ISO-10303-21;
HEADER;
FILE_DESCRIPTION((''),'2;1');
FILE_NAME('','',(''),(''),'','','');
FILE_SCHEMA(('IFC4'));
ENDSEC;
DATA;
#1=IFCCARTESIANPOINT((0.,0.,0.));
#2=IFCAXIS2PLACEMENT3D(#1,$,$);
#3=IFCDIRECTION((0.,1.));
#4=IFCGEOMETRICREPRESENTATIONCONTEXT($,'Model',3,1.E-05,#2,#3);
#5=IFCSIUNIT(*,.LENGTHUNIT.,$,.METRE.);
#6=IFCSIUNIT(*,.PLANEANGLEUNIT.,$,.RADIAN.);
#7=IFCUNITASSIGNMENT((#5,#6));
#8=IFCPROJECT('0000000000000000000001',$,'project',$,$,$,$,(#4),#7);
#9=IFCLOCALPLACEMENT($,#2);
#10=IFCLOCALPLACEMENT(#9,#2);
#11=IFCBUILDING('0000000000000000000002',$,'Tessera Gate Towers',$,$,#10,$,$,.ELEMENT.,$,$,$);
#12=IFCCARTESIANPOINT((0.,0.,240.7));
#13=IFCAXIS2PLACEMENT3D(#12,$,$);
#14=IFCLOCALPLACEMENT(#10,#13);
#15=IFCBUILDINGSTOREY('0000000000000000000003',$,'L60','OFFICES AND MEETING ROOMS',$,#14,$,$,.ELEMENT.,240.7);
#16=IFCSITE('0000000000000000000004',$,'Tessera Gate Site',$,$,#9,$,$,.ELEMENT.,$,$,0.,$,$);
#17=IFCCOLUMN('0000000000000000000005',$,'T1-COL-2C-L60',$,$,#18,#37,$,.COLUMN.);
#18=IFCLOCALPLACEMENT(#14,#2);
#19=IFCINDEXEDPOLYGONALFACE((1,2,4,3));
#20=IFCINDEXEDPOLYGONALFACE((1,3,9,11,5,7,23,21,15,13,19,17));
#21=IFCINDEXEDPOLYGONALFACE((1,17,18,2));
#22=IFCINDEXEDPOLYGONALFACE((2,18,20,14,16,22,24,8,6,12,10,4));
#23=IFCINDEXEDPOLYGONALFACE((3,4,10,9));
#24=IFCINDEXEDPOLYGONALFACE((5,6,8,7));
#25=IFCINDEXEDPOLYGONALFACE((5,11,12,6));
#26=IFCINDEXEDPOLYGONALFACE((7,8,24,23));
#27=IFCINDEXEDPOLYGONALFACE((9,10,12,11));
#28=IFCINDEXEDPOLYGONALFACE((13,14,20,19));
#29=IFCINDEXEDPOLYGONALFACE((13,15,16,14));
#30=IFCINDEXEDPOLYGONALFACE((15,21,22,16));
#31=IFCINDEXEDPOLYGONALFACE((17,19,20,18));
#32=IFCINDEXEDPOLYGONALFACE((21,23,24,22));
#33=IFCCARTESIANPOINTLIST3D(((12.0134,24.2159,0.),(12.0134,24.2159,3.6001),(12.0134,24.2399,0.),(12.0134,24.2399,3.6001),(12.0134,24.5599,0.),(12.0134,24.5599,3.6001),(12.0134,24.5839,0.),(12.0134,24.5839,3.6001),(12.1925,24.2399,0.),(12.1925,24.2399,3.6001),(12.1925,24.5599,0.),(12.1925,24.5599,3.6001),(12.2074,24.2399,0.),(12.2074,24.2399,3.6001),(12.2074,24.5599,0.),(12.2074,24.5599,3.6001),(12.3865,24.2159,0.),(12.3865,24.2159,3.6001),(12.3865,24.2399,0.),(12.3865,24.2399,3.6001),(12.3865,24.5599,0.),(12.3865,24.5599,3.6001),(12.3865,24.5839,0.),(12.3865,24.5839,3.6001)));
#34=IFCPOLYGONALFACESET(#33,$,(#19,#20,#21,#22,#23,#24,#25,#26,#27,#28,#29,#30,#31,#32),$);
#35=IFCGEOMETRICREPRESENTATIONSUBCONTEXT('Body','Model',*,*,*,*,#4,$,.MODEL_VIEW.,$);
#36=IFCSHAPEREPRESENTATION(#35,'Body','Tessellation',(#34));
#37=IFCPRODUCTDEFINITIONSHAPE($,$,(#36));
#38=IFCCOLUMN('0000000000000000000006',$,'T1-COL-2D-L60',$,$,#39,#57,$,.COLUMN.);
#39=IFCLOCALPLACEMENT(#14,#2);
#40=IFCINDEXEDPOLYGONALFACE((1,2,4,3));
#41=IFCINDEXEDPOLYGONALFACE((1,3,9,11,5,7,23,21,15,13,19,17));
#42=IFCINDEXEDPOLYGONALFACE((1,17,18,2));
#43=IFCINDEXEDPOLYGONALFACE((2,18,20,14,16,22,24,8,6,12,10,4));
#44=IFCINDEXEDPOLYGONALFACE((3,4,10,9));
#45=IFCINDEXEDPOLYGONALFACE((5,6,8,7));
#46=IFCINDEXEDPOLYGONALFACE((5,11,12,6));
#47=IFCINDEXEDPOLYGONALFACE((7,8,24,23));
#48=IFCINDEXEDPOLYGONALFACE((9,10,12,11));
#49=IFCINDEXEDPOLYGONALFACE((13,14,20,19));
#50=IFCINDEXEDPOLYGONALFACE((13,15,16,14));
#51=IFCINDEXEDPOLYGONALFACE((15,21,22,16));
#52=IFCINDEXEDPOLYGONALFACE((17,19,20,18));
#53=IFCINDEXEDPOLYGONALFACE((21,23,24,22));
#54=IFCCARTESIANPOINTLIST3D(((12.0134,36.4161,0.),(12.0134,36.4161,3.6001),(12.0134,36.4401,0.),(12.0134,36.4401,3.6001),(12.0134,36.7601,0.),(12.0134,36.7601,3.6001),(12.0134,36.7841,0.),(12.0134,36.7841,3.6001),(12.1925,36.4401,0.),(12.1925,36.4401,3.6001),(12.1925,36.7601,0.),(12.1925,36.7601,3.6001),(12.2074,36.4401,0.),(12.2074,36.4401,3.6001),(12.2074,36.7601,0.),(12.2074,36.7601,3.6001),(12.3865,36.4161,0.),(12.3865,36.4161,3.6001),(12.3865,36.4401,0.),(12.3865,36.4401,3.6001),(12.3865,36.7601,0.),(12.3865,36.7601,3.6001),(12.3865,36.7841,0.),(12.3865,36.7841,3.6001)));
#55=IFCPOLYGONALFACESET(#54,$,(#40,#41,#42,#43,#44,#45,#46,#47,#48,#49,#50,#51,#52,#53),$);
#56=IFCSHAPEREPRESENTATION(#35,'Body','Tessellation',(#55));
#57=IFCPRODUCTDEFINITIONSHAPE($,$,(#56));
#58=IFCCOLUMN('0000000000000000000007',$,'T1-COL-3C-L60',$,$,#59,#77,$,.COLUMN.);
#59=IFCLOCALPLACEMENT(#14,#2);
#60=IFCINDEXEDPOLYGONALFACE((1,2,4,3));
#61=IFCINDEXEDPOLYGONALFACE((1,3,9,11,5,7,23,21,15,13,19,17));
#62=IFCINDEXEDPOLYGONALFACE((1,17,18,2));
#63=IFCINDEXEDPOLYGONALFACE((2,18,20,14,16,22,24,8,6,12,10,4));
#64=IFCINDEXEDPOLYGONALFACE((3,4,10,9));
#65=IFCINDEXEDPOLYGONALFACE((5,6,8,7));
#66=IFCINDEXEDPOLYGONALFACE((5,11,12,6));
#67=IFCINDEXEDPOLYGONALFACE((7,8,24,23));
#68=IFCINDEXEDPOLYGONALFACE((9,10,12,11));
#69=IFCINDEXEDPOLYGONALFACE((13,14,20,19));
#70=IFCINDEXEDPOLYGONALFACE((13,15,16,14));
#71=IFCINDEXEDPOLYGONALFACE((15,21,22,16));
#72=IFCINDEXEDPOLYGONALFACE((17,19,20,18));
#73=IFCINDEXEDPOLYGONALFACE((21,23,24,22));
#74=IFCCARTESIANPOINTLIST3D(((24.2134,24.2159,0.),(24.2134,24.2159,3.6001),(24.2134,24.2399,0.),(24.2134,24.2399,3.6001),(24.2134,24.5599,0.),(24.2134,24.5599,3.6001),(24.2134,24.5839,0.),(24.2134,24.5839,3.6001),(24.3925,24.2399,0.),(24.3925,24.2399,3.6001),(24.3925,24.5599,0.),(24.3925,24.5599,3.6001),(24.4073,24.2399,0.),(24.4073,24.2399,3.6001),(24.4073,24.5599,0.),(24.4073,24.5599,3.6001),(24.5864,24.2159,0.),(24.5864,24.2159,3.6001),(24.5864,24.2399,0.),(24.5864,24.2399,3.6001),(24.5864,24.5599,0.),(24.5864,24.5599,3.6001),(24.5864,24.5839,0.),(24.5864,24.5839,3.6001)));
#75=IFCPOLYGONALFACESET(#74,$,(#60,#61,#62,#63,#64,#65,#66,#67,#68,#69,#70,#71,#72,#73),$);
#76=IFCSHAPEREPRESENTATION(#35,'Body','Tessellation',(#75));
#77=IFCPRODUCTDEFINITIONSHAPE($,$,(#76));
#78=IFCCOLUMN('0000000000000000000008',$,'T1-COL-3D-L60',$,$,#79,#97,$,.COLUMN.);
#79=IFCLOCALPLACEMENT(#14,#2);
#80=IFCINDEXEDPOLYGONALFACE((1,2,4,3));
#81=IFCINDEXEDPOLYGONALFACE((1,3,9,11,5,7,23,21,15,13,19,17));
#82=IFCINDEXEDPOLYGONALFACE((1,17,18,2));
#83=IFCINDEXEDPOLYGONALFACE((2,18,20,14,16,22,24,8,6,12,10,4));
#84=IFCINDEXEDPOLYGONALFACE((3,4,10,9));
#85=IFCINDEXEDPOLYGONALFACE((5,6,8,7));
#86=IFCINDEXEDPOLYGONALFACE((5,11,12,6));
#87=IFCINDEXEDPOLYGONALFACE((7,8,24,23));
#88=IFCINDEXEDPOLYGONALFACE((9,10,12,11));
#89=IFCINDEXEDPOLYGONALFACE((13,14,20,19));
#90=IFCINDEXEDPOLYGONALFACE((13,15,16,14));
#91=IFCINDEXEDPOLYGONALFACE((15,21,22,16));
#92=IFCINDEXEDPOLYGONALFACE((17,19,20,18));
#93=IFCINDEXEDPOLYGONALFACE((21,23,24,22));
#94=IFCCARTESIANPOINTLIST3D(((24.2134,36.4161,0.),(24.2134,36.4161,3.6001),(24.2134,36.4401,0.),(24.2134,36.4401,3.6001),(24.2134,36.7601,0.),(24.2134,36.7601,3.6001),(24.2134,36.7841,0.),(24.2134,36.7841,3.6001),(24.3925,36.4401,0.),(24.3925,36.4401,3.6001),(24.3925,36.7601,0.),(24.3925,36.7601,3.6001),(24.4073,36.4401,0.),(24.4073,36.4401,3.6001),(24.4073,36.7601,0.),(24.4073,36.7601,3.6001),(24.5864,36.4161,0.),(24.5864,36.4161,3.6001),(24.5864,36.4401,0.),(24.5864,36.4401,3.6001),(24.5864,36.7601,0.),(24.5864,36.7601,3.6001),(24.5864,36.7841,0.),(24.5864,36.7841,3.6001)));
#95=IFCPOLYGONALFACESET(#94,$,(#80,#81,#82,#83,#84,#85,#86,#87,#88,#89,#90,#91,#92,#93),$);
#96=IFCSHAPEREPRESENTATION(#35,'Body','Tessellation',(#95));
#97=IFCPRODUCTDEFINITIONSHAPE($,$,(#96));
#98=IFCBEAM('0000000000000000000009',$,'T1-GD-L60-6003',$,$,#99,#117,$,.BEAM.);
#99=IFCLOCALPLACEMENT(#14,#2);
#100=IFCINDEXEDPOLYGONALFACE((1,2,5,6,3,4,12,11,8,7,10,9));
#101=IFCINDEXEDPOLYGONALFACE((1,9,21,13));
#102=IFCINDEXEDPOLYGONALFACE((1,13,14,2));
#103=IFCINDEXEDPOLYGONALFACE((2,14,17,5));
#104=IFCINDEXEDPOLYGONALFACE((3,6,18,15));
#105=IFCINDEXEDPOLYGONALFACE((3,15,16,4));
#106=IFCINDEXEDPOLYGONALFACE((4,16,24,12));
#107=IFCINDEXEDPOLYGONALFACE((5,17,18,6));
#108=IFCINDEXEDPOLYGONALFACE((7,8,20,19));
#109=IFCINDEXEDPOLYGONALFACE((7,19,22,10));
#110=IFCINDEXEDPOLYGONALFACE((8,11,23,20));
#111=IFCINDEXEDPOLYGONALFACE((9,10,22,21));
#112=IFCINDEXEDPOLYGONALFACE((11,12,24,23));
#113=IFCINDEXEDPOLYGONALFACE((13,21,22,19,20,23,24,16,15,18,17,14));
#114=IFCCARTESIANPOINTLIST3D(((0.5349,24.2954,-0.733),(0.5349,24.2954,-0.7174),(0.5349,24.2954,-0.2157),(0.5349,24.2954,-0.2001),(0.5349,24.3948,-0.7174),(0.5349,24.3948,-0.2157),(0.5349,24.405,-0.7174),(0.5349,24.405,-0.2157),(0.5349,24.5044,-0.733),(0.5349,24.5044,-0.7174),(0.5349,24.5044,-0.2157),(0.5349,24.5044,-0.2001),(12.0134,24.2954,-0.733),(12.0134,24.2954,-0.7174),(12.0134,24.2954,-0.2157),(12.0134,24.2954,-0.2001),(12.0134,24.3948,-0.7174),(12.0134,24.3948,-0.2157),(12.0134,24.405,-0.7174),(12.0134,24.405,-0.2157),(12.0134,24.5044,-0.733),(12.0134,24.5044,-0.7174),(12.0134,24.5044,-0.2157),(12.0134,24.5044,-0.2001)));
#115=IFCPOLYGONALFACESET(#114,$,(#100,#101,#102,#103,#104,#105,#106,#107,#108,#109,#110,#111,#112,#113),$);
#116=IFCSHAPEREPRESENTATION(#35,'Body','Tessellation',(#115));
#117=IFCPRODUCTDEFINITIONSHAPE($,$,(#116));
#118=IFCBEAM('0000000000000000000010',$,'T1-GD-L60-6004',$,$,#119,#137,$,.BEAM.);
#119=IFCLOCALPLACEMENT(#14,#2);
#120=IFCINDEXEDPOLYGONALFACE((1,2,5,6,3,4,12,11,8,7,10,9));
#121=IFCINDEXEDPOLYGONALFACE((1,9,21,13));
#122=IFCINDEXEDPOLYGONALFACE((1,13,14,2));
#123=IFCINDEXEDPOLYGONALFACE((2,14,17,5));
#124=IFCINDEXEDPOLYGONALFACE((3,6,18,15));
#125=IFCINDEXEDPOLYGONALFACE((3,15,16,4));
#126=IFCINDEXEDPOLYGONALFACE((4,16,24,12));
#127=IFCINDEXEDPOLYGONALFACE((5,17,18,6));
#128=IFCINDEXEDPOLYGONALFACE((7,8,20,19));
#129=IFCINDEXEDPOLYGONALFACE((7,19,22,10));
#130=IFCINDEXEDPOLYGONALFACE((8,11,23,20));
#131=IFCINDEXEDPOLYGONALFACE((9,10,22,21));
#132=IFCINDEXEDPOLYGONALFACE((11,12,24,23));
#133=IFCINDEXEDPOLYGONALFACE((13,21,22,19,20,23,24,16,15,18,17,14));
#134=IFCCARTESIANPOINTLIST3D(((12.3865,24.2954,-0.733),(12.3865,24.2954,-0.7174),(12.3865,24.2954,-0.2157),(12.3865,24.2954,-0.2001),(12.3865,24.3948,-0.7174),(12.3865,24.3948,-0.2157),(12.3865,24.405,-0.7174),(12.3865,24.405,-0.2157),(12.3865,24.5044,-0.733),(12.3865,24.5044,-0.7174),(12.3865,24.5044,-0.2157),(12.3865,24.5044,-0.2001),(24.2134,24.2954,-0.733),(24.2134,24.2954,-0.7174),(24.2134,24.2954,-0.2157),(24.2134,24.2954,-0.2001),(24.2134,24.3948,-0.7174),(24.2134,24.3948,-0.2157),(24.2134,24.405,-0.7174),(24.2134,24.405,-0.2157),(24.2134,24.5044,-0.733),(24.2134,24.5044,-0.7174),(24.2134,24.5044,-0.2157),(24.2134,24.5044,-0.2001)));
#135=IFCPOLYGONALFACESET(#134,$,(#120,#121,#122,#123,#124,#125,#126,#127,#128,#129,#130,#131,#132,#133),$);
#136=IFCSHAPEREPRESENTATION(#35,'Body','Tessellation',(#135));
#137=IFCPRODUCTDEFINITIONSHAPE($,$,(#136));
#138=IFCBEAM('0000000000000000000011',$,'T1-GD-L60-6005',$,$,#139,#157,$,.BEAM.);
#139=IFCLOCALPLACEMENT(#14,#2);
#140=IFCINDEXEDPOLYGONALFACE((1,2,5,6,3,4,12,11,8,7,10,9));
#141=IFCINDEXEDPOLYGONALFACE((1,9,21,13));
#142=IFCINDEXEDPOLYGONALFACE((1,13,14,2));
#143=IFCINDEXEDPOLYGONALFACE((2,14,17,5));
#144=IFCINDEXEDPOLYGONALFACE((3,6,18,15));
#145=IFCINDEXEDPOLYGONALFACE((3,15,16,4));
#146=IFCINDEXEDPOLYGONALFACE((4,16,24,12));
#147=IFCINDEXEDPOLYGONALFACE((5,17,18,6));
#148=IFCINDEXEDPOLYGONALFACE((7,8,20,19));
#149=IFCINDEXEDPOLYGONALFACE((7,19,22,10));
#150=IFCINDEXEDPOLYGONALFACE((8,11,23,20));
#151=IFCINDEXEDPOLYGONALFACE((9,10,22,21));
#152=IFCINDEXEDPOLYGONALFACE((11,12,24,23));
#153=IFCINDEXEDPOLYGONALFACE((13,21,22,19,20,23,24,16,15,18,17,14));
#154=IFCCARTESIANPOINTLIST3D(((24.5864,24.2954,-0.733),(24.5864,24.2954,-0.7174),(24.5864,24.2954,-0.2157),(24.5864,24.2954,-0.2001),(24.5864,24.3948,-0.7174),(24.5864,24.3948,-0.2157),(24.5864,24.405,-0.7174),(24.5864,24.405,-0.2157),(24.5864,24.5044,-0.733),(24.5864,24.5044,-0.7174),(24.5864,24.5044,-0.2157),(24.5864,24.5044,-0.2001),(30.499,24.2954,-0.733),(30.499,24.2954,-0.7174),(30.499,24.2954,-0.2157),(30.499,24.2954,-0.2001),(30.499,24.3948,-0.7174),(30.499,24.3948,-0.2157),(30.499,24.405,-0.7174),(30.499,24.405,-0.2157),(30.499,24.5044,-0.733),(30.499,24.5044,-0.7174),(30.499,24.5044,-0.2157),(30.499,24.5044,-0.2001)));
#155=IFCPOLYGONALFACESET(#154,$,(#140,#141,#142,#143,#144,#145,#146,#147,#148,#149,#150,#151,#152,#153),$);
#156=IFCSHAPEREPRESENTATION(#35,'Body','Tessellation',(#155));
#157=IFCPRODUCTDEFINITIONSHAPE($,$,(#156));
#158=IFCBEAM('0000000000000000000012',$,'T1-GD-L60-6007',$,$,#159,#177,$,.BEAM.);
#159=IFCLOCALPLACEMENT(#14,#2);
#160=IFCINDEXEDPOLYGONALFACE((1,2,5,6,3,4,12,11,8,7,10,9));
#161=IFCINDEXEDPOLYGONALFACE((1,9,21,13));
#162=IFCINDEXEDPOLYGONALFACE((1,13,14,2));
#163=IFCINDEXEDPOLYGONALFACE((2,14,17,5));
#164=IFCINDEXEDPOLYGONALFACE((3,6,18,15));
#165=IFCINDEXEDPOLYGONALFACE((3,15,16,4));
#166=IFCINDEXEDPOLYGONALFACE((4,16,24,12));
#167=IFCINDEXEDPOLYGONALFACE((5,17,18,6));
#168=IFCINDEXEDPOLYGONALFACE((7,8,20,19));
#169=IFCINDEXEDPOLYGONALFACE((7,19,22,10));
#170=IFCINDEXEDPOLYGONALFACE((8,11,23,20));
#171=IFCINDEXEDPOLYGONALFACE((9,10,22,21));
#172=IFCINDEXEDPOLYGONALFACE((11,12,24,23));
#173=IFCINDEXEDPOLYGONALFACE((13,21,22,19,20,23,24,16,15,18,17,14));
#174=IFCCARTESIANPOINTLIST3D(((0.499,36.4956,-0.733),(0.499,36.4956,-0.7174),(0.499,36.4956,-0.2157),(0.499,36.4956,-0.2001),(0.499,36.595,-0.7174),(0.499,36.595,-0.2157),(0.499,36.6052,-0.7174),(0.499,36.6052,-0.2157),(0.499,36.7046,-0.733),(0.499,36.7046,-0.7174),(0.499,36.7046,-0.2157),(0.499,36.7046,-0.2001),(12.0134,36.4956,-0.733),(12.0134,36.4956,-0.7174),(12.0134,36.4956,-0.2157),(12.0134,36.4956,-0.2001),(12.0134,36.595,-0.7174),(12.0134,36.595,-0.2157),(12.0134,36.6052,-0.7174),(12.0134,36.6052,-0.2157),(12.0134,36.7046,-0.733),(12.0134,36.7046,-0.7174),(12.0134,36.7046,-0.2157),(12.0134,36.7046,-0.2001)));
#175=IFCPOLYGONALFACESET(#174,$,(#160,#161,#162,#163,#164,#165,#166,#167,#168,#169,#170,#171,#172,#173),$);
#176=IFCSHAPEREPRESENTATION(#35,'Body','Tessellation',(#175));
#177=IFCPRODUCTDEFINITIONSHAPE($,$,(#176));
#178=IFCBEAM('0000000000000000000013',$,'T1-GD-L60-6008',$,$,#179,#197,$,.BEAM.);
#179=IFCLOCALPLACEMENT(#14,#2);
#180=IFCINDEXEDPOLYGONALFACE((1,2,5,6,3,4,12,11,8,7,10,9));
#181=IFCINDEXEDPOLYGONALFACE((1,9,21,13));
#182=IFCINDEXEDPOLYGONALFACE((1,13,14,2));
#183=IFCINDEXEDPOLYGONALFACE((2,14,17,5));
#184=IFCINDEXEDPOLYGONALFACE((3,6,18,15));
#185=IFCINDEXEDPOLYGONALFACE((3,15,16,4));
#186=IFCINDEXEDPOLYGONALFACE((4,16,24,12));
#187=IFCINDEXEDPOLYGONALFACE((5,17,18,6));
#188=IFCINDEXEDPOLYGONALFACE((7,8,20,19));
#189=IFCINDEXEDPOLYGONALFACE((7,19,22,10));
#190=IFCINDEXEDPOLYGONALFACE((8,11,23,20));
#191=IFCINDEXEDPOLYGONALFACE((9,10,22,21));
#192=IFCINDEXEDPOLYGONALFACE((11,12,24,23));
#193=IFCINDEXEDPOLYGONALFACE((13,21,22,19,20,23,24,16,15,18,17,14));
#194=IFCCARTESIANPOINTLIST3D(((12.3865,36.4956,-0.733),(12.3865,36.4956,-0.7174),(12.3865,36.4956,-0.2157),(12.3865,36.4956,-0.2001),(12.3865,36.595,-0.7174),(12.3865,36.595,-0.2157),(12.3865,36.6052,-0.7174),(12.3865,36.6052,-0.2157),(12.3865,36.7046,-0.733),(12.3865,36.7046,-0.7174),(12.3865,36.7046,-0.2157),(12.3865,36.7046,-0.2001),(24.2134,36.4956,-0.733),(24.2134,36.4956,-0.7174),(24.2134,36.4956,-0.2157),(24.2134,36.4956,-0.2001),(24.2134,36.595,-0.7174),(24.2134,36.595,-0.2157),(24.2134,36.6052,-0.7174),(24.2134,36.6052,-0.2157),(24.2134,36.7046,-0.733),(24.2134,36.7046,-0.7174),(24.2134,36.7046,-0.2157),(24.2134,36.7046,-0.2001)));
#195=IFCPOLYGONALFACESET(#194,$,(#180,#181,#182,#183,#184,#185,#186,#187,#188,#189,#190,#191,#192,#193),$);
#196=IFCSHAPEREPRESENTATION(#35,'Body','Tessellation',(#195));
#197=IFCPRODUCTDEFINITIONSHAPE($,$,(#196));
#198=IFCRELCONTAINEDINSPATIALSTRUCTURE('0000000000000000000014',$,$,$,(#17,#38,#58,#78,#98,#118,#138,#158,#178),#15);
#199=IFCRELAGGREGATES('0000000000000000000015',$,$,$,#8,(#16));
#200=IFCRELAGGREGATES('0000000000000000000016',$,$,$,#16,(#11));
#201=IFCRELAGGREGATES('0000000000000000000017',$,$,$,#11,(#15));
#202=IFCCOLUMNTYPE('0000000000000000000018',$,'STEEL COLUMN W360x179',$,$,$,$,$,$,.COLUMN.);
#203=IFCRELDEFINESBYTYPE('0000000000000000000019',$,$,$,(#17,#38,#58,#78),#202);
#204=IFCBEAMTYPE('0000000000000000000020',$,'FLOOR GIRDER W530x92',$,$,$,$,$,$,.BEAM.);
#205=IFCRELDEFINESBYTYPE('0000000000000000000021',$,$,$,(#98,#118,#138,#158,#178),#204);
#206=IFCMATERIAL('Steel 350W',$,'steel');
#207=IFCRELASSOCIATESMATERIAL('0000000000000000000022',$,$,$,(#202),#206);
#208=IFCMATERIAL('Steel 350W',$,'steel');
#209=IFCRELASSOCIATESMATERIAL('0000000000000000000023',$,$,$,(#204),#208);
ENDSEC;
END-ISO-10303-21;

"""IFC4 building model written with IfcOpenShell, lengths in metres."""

from ifc_helpers import new_model, si_unit, direction, frame, origin, origin_2d, place, context, subcontext, project, spatial, i_section, extrude, material, material_profile, profile_set, type_object, element, save


model = new_model("IFC4")

# Units and contexts
model_context = context("Model", 3, precision=1e-05, world=origin(), true_north=direction((0.0, 1.0)))
body_context = subcontext(model_context, "Body", "Model", "MODEL_VIEW")
ifc_project = project(units=[si_unit("LENGTHUNIT", "METRE"), si_unit("PLANEANGLEUNIT", "RADIAN")], contexts=[model_context])

# Site, building, storey
site_placement = place(None, origin())
site = spatial("IfcSite", under=ifc_project, at=site_placement, Name="Tessera Gate Site", CompositionType="ELEMENT", RefElevation=0.0)
building_placement = place(site_placement, origin())
building = spatial("IfcBuilding", under=site, at=building_placement, Name="Tessera Gate Towers", CompositionType="ELEMENT")
storey_placement = place(building_placement, frame((0.0, 0.0, 240.7)))
storey = spatial("IfcBuildingStorey", under=building, at=storey_placement, Name="L60", Description="OFFICES AND MEETING ROOMS", CompositionType="ELEMENT", Elevation=240.7)

# Columns
ifc_material_1 = material(Name="Steel 350W", Category="steel")
ifc_material_profile_1 = material_profile(ifc_material_1, i_section(OverallWidth=0.373, OverallDepth=0.3679, WebThickness=0.0149, FlangeThickness=0.0239, at=origin_2d()), Name="W360x179")
ifc_profile_set_1 = profile_set([ifc_material_profile_1], Name="Steel 350W")
column_type = type_object("IfcColumnType", Name="STEEL COLUMN W360x179", PredefinedType="COLUMN", material=ifc_profile_set_1)
for number, where, z_axis, x_axis, name in (
    (1, (12.2, 24.3999, 0.0), (0.0, 0.0, 1.0), (1.0, 0.0, 0.0), "T1-COL-2C-L60"),
    (2, (12.2, 36.6001, 0.0), (0.0, 0.0, 1.0), (1.0, 0.0, 0.0), "T1-COL-2D-L60"),
    (3, (24.3999, 24.3999, 0.0), (0.0, 0.0, 1.0), (1.0, 0.0, 0.0), "T1-COL-3C-L60"),
    (4, (24.3999, 36.6001, 0.0), (0.0, 0.0, 1.0), (1.0, 0.0, 0.0), "T1-COL-3D-L60"),
):
    element("IfcColumn", number, at=place(storey_placement, frame(where, z_axis=z_axis, x_axis=x_axis)), inside=storey, type_object=column_type, Name=name, PredefinedType="COLUMN", context=body_context, shape_type="SweptSolid", body=[
        extrude(i_section(OverallWidth=0.373, OverallDepth=0.3679, WebThickness=0.0149, FlangeThickness=0.0239, at=origin_2d()), origin(), (0.0, 0.0, 1.0), 3.6001),
    ])

# Beams
ifc_material_2 = material(Name="Steel 350W", Category="steel")
ifc_material_profile_2 = material_profile(ifc_material_2, i_section(OverallWidth=0.209, OverallDepth=0.533, WebThickness=0.0103, FlangeThickness=0.0156, at=origin_2d()), Name="W530x92")
ifc_profile_set_2 = profile_set([ifc_material_profile_2], Name="Steel 350W")
beam_type_1 = type_object("IfcBeamType", Name="FLOOR GIRDER W530x92", PredefinedType="BEAM", material=ifc_profile_set_2)
beam_1_placement = place(storey_placement, frame((0.5349, 24.3999, -0.4666), z_axis=(1.0, 0.0, 0.0), x_axis=(0.0, 1.0, 0.0)))
element("IfcBeam", 5, at=beam_1_placement, inside=storey, type_object=beam_type_1, Name="T1-GD-L60-6003", PredefinedType="BEAM", context=body_context, shape_type="SweptSolid", body=[
    extrude(i_section(OverallWidth=0.209, OverallDepth=0.533, WebThickness=0.0103, FlangeThickness=0.0156, at=origin_2d()), origin(), (0.0, 0.0, 1.0), 11.4785),
])
beam_2_placement = place(storey_placement, frame((12.3865, 24.3999, -0.4666), z_axis=(1.0, 0.0, 0.0), x_axis=(0.0, 1.0, 0.0)))
element("IfcBeam", 6, at=beam_2_placement, inside=storey, type_object=beam_type_1, Name="T1-GD-L60-6004", PredefinedType="BEAM", context=body_context, shape_type="SweptSolid", body=[
    extrude(i_section(OverallWidth=0.209, OverallDepth=0.533, WebThickness=0.0103, FlangeThickness=0.0156, at=origin_2d()), origin(), (0.0, 0.0, 1.0), 11.8269),
])
beam_3_placement = place(storey_placement, frame((24.5864, 24.3999, -0.4666), z_axis=(1.0, 0.0, 0.0), x_axis=(0.0, 1.0, 0.0)))
element("IfcBeam", 7, at=beam_3_placement, inside=storey, type_object=beam_type_1, Name="T1-GD-L60-6005", PredefinedType="BEAM", context=body_context, shape_type="SweptSolid", body=[
    extrude(i_section(OverallWidth=0.209, OverallDepth=0.533, WebThickness=0.0103, FlangeThickness=0.0156, at=origin_2d()), origin(), (0.0, 0.0, 1.0), 5.9126),
])
beam_4_placement = place(storey_placement, frame((0.499, 36.6001, -0.4666), z_axis=(1.0, 0.0, 0.0), x_axis=(0.0, 1.0, 0.0)))
element("IfcBeam", 8, at=beam_4_placement, inside=storey, type_object=beam_type_1, Name="T1-GD-L60-6007", PredefinedType="BEAM", context=body_context, shape_type="SweptSolid", body=[
    extrude(i_section(OverallWidth=0.209, OverallDepth=0.533, WebThickness=0.0103, FlangeThickness=0.0156, at=origin_2d()), origin(), (0.0, 0.0, 1.0), 11.5144),
])
beam_5_placement = place(storey_placement, frame((12.3865, 36.6001, -0.4666), z_axis=(1.0, 0.0, 0.0), x_axis=(0.0, 1.0, 0.0)))
element("IfcBeam", 9, at=beam_5_placement, inside=storey, type_object=beam_type_1, Name="T1-GD-L60-6008", PredefinedType="BEAM", context=body_context, shape_type="SweptSolid", body=[
    extrude(i_section(OverallWidth=0.209, OverallDepth=0.533, WebThickness=0.0103, FlangeThickness=0.0156, at=origin_2d()), origin(), (0.0, 0.0, 1.0), 11.8269),
])

save(model, "model.ifc")
